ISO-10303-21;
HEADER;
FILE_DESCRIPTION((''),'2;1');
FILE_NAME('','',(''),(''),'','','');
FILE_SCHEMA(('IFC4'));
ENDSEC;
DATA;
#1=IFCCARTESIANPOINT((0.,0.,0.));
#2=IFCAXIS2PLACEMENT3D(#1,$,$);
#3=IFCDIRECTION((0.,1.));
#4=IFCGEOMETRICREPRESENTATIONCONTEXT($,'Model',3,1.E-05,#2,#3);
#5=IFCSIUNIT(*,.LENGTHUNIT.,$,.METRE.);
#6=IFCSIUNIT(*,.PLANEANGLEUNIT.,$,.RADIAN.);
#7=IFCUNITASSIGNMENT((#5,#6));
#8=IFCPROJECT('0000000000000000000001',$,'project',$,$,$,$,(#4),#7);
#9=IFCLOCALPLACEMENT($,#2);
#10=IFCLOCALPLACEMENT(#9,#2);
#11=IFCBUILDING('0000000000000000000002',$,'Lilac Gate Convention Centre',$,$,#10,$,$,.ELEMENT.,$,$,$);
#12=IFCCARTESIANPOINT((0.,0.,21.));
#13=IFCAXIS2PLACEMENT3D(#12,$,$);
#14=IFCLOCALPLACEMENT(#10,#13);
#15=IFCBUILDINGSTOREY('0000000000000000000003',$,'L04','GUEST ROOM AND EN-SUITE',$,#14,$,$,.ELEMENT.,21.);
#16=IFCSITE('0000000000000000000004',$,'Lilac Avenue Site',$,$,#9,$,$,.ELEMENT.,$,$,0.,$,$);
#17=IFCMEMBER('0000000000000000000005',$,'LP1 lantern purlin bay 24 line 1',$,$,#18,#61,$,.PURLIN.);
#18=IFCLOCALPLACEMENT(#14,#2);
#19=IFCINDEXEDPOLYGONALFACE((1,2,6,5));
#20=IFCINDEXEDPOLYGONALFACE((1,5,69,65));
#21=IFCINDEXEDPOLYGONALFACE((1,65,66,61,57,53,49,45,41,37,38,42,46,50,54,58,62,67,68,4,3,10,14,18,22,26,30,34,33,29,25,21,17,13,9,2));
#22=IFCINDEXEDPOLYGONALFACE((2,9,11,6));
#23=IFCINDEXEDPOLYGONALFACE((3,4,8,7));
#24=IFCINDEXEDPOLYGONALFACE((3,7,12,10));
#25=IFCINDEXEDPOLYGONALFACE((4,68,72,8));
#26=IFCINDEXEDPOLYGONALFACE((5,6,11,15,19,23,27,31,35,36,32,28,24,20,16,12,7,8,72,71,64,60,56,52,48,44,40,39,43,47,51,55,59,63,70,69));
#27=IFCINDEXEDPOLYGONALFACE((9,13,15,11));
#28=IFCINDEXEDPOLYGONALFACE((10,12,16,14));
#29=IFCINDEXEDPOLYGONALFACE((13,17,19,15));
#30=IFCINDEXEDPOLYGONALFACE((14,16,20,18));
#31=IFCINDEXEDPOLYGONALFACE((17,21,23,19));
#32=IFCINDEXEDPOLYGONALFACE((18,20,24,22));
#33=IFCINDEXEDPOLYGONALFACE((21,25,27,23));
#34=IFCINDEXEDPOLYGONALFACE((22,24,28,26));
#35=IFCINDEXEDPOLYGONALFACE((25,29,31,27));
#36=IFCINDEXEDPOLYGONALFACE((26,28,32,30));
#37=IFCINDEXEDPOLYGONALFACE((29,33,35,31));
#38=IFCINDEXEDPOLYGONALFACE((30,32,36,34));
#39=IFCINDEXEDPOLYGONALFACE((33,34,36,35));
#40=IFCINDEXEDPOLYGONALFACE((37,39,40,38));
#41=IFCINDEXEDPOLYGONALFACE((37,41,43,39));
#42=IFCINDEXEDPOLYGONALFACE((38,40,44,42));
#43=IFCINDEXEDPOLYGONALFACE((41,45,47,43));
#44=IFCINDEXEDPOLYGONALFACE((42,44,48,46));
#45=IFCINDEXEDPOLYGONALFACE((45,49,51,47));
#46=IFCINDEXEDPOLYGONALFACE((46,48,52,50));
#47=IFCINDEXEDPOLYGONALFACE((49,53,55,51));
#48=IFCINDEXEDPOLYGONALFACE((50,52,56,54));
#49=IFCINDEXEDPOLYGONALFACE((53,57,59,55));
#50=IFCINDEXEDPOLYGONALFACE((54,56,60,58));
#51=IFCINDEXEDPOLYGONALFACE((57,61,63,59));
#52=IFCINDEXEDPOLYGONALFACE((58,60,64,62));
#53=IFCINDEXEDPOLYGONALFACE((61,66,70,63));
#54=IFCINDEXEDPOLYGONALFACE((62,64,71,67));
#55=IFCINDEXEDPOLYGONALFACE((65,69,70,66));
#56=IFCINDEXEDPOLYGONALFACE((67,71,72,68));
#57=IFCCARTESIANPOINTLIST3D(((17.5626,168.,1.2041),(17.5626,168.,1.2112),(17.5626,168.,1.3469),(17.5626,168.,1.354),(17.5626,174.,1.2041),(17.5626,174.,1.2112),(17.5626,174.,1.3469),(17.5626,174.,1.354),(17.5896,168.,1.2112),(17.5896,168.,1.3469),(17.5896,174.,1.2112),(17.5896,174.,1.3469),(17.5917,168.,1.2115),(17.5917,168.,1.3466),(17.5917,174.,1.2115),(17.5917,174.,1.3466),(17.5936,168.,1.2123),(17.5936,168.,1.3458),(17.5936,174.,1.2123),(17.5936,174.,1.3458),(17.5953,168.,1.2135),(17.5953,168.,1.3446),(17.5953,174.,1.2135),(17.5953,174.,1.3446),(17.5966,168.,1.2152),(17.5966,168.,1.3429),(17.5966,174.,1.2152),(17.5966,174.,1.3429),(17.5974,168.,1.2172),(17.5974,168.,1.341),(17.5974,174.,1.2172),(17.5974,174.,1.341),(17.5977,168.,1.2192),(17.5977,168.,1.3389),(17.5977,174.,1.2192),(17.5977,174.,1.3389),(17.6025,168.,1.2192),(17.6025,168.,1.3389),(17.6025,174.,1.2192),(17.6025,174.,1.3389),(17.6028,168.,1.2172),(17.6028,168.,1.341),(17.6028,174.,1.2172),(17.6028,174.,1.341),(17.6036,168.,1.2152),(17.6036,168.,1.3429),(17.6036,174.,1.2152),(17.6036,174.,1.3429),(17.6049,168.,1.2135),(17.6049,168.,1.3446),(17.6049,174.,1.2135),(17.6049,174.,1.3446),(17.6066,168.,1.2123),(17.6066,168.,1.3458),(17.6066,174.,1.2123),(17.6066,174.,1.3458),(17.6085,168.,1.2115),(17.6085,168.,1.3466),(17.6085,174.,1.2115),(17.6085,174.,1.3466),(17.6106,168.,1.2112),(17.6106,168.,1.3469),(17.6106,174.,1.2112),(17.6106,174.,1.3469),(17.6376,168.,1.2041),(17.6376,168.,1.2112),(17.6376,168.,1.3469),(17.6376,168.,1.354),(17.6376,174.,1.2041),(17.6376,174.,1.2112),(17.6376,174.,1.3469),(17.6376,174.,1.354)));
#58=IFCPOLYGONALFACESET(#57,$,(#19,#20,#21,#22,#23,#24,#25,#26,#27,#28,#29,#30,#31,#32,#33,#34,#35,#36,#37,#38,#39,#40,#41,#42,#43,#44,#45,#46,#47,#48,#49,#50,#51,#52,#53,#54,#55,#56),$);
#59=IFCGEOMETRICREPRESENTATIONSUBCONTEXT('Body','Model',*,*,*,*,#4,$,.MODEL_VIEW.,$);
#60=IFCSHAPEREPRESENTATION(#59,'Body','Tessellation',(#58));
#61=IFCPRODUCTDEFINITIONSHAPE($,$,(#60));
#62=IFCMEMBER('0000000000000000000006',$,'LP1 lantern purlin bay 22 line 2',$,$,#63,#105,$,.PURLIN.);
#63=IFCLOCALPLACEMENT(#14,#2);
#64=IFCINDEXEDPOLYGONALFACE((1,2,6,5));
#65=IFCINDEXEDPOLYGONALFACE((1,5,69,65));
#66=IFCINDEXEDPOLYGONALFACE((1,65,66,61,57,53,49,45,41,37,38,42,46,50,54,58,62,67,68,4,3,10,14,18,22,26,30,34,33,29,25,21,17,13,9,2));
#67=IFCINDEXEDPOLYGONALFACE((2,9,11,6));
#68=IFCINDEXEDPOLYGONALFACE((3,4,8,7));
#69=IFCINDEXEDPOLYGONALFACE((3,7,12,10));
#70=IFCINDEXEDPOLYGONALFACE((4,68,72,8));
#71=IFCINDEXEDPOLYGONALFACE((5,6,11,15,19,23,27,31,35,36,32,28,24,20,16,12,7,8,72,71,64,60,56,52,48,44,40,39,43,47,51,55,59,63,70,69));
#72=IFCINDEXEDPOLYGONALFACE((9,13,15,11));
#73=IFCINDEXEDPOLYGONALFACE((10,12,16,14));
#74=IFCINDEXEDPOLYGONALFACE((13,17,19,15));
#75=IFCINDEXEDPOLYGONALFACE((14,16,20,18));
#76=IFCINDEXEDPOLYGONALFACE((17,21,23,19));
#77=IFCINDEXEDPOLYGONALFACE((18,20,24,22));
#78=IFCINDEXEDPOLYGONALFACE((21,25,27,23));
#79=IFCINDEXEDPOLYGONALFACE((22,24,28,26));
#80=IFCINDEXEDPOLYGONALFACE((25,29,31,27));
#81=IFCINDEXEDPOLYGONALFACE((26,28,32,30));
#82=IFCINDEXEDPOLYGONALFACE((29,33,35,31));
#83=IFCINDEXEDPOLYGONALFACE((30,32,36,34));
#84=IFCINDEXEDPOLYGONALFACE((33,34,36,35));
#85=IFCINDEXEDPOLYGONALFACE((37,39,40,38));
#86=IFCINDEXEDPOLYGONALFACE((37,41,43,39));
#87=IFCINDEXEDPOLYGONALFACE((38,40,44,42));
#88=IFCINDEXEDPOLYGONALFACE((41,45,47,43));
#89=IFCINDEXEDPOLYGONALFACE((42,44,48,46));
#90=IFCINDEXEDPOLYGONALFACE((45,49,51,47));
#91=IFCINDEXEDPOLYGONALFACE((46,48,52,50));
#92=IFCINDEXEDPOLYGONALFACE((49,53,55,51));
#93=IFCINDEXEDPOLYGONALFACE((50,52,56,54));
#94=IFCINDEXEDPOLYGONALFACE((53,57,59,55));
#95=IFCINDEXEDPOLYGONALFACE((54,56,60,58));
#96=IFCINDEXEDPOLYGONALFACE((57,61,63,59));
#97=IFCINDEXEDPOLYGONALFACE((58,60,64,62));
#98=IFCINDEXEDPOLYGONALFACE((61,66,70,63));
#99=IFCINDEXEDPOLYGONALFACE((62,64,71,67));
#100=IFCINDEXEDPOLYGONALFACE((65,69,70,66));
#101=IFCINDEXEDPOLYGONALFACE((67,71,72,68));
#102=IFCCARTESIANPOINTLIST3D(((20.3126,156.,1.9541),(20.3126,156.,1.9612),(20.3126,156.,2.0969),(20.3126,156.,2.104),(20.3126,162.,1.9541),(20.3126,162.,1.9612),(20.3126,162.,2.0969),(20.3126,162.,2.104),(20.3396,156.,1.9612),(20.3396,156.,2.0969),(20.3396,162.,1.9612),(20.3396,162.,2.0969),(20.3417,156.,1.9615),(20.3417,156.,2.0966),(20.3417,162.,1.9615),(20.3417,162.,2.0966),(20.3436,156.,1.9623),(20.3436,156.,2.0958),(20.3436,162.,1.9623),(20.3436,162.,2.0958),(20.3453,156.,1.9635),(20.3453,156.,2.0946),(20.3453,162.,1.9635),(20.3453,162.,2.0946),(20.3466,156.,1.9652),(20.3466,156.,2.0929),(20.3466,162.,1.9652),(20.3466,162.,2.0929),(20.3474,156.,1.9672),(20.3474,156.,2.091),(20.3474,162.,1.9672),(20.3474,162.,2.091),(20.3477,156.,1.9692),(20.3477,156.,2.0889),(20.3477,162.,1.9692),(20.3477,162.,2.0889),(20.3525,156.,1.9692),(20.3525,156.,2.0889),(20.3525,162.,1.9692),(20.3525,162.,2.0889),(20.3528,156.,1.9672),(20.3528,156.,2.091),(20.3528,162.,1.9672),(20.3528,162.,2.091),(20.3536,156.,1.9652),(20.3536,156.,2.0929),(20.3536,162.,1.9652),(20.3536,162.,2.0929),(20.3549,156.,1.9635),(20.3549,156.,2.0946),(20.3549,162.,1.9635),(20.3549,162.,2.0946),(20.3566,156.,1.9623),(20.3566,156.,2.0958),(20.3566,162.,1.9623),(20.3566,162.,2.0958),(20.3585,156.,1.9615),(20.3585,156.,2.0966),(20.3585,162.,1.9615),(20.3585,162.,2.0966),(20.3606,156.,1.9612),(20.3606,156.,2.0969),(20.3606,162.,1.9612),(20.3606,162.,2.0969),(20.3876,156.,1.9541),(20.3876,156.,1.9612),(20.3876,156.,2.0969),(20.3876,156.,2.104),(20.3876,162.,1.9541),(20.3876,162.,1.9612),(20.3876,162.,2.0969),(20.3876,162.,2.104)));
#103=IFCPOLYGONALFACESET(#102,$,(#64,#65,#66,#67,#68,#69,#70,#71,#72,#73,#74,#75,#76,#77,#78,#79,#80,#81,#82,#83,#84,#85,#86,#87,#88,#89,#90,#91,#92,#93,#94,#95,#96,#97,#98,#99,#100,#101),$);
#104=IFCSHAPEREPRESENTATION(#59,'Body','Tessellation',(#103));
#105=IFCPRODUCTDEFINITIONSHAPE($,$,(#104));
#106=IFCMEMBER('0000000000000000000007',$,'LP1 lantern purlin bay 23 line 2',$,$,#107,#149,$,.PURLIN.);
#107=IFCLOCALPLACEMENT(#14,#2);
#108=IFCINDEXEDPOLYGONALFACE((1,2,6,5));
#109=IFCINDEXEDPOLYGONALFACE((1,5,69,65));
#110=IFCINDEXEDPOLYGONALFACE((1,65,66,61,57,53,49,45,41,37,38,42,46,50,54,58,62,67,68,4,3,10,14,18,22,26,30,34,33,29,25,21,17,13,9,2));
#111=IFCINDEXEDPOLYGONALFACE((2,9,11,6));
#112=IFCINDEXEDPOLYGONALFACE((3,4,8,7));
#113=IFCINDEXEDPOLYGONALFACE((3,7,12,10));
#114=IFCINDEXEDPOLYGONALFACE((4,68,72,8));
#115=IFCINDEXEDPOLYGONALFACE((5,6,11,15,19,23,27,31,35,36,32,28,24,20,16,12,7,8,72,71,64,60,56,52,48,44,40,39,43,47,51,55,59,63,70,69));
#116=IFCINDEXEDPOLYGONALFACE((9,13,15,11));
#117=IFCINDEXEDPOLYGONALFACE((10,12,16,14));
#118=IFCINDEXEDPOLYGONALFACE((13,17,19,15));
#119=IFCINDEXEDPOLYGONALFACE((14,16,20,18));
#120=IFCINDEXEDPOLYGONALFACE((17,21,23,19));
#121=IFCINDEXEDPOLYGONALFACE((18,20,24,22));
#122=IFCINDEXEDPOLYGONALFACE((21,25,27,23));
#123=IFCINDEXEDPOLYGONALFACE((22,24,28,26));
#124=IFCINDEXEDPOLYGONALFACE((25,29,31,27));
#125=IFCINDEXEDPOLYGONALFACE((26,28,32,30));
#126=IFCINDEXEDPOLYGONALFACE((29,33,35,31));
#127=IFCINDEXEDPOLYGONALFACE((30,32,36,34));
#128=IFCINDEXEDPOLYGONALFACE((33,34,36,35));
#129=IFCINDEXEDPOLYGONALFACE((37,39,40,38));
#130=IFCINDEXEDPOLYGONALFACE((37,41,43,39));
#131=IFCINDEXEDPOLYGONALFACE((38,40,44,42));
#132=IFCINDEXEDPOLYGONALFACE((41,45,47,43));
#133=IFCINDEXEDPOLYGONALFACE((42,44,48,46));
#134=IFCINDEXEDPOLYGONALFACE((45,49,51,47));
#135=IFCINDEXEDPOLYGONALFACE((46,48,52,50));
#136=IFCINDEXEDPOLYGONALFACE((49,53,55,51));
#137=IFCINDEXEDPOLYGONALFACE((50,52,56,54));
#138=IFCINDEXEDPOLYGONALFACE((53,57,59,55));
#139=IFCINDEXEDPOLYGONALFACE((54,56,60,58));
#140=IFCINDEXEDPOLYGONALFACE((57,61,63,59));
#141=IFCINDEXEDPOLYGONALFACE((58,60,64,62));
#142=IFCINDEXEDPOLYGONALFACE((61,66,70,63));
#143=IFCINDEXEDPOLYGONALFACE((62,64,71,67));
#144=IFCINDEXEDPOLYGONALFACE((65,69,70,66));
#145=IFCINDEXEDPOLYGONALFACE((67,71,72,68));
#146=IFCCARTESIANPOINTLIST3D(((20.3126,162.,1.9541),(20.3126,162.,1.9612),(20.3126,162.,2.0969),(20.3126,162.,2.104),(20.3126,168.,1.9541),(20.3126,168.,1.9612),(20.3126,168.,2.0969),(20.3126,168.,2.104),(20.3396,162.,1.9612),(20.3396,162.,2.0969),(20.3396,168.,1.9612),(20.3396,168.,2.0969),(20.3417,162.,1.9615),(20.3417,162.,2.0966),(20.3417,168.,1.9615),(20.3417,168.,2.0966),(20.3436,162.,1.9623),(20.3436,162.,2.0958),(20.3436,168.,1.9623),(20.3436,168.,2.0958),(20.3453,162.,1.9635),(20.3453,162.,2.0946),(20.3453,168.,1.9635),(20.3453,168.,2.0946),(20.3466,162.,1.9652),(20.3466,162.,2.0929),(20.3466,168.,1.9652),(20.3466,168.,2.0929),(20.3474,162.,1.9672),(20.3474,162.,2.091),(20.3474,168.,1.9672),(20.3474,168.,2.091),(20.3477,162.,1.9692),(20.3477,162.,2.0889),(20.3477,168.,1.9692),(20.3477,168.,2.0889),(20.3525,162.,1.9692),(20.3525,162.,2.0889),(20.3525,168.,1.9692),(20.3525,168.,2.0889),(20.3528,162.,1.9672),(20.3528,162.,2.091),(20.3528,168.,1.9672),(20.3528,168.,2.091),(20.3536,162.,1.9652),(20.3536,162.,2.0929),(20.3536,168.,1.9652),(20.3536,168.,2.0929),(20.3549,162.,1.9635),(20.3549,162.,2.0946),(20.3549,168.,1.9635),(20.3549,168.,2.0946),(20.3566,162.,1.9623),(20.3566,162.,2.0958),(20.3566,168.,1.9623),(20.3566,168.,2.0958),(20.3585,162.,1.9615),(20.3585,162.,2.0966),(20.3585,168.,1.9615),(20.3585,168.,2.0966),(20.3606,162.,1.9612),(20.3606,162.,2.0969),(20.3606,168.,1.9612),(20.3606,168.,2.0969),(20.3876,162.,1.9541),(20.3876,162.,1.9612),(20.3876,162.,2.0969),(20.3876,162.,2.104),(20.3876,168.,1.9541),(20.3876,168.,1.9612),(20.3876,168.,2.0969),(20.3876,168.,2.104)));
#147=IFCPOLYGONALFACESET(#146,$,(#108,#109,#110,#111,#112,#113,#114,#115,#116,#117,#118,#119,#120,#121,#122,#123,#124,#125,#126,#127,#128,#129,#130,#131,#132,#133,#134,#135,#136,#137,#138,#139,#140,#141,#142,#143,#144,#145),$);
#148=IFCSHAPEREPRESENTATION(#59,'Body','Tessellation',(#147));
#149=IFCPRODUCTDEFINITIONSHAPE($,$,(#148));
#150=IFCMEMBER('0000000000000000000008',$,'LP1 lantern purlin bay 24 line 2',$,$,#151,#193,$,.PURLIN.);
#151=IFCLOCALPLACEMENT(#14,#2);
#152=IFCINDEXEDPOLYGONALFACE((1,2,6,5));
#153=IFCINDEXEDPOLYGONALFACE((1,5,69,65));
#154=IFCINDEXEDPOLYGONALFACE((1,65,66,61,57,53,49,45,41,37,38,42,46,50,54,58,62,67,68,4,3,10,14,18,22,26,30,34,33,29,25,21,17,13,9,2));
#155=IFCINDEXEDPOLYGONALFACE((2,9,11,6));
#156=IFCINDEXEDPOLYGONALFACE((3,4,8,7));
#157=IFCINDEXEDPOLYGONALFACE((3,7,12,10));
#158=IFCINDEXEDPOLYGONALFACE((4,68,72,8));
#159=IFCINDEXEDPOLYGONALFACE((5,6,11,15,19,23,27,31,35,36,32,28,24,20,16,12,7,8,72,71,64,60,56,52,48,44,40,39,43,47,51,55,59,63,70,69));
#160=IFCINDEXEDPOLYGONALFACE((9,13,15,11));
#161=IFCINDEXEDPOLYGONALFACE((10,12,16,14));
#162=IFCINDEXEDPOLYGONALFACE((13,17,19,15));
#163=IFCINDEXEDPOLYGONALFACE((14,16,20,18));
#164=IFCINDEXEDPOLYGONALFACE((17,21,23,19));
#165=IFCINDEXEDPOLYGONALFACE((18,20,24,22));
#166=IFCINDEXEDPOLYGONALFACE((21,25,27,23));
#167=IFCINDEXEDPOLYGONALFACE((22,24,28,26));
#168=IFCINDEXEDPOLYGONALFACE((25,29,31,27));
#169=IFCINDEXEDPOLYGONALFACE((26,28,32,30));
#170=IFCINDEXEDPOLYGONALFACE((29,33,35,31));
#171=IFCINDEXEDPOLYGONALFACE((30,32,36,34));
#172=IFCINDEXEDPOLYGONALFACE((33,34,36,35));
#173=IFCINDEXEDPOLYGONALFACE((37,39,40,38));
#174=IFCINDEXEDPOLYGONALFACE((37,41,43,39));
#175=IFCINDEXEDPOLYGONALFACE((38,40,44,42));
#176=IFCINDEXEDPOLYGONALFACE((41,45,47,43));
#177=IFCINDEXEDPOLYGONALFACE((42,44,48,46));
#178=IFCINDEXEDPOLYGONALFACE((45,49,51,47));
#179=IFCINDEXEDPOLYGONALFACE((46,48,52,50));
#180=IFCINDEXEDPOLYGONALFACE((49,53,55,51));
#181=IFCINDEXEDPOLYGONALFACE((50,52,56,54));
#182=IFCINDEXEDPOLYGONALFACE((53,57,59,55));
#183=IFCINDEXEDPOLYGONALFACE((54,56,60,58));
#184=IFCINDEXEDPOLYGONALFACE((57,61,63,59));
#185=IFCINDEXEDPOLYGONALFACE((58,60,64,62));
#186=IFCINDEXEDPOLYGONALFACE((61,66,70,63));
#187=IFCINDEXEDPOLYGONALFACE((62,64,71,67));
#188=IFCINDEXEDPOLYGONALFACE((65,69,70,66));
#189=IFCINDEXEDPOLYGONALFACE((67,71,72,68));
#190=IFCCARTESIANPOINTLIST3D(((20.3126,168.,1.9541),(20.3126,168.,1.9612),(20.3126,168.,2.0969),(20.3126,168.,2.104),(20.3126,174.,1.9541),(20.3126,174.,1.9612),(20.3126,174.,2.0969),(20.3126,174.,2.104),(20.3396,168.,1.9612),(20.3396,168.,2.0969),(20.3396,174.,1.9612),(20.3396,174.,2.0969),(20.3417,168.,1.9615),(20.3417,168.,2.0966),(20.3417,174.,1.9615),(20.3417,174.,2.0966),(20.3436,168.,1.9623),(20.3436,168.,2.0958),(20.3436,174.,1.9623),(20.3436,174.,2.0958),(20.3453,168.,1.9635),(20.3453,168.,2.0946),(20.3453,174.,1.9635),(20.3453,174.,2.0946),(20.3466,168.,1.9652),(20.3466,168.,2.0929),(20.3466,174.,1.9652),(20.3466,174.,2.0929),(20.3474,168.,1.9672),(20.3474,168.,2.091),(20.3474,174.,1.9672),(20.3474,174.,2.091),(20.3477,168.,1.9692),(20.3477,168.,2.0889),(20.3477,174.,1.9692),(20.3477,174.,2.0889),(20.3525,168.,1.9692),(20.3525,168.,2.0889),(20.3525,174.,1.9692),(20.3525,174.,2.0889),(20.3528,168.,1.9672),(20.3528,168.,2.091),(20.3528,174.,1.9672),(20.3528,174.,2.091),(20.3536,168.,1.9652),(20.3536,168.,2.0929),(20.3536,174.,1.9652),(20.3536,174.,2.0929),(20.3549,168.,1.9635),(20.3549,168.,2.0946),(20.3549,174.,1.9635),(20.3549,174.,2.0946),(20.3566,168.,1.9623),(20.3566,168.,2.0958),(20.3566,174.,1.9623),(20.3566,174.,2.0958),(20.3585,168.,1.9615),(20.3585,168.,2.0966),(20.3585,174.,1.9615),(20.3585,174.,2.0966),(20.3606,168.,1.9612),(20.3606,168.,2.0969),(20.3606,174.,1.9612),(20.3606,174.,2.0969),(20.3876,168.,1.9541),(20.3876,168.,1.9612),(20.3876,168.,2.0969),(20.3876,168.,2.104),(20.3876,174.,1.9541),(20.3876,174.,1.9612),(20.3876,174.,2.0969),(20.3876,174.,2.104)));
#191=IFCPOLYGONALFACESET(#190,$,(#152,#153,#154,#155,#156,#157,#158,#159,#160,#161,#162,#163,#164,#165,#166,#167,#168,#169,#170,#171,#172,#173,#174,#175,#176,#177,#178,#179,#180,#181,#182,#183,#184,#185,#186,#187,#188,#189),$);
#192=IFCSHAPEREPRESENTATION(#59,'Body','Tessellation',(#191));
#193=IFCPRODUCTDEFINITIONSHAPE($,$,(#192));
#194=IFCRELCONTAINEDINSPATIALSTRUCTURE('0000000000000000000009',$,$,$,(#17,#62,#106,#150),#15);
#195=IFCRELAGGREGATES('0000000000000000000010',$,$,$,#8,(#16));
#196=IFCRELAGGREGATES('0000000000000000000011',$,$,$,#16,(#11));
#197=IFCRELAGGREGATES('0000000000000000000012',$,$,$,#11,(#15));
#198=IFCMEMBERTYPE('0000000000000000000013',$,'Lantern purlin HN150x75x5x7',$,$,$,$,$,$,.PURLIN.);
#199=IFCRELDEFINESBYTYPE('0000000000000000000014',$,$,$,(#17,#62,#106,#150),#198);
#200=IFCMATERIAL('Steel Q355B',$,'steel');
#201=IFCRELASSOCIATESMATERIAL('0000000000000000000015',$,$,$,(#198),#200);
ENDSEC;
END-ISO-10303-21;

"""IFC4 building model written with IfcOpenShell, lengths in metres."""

from ifc_helpers import new_model, si_unit, direction, frame, origin, origin_2d, place, context, subcontext, project, spatial, i_section, extrude, material, material_profile, profile_set, type_object, element, save


model = new_model("IFC4")

# Units and contexts
model_context = context("Model", 3, precision=1e-05, world=origin(), true_north=direction((0.0, 1.0)))
body_context = subcontext(model_context, "Body", "Model", "MODEL_VIEW")
ifc_project = project(units=[si_unit("LENGTHUNIT", "METRE"), si_unit("PLANEANGLEUNIT", "RADIAN")], contexts=[model_context])

# Site, building, storey
site_placement = place(None, origin())
site = spatial("IfcSite", under=ifc_project, at=site_placement, Name="Lilac Avenue Site", CompositionType="ELEMENT", RefElevation=0.0)
building_placement = place(site_placement, origin())
building = spatial("IfcBuilding", under=site, at=building_placement, Name="Lilac Gate Convention Centre", CompositionType="ELEMENT")
storey_placement = place(building_placement, frame((0.0, 0.0, 21.0)))
storey = spatial("IfcBuildingStorey", under=building, at=storey_placement, Name="L04", Description="GUEST ROOM AND EN-SUITE", CompositionType="ELEMENT", Elevation=21.0)

# Members
ifc_material_1 = material(Name="Steel Q355B", Category="steel")
ifc_material_profile_1 = material_profile(ifc_material_1, i_section(OverallWidth=0.075, OverallDepth=0.1499, WebThickness=0.0049, FlangeThickness=0.0071, FilletRadius=0.0081, at=origin_2d()), Name="HN150x75x5x7")
ifc_profile_set_1 = profile_set([ifc_material_profile_1], Name="Steel Q355B")
member_type_1 = type_object("IfcMemberType", Name="Lantern purlin HN150x75x5x7", PredefinedType="PURLIN", material=ifc_profile_set_1)
for number, where, z_axis, x_axis, name in (
    (1, (17.6001, 168.0, 1.2791), (0.0, 1.0, 0.0), (-1.0, 0.0, 0.0), "LP1 lantern purlin bay 24 line 1"),
    (2, (20.3501, 156.0, 2.0291), (0.0, 1.0, 0.0), (-1.0, 0.0, 0.0), "LP1 lantern purlin bay 22 line 2"),
    (3, (20.3501, 162.0, 2.0291), (0.0, 1.0, 0.0), (-1.0, 0.0, 0.0), "LP1 lantern purlin bay 23 line 2"),
    (4, (20.3501, 168.0, 2.0291), (0.0, 1.0, 0.0), (-1.0, 0.0, 0.0), "LP1 lantern purlin bay 24 line 2"),
):
    element("IfcMember", number, at=place(storey_placement, frame(where, z_axis=z_axis, x_axis=x_axis)), inside=storey, type_object=member_type_1, Name=name, PredefinedType="PURLIN", context=body_context, shape_type="SweptSolid", body=[
        extrude(i_section(OverallWidth=0.075, OverallDepth=0.1499, WebThickness=0.0049, FlangeThickness=0.0071, FilletRadius=0.0081, at=origin_2d()), origin(), (0.0, 0.0, 1.0), 6.0),
    ])

save(model, "model.ifc")
